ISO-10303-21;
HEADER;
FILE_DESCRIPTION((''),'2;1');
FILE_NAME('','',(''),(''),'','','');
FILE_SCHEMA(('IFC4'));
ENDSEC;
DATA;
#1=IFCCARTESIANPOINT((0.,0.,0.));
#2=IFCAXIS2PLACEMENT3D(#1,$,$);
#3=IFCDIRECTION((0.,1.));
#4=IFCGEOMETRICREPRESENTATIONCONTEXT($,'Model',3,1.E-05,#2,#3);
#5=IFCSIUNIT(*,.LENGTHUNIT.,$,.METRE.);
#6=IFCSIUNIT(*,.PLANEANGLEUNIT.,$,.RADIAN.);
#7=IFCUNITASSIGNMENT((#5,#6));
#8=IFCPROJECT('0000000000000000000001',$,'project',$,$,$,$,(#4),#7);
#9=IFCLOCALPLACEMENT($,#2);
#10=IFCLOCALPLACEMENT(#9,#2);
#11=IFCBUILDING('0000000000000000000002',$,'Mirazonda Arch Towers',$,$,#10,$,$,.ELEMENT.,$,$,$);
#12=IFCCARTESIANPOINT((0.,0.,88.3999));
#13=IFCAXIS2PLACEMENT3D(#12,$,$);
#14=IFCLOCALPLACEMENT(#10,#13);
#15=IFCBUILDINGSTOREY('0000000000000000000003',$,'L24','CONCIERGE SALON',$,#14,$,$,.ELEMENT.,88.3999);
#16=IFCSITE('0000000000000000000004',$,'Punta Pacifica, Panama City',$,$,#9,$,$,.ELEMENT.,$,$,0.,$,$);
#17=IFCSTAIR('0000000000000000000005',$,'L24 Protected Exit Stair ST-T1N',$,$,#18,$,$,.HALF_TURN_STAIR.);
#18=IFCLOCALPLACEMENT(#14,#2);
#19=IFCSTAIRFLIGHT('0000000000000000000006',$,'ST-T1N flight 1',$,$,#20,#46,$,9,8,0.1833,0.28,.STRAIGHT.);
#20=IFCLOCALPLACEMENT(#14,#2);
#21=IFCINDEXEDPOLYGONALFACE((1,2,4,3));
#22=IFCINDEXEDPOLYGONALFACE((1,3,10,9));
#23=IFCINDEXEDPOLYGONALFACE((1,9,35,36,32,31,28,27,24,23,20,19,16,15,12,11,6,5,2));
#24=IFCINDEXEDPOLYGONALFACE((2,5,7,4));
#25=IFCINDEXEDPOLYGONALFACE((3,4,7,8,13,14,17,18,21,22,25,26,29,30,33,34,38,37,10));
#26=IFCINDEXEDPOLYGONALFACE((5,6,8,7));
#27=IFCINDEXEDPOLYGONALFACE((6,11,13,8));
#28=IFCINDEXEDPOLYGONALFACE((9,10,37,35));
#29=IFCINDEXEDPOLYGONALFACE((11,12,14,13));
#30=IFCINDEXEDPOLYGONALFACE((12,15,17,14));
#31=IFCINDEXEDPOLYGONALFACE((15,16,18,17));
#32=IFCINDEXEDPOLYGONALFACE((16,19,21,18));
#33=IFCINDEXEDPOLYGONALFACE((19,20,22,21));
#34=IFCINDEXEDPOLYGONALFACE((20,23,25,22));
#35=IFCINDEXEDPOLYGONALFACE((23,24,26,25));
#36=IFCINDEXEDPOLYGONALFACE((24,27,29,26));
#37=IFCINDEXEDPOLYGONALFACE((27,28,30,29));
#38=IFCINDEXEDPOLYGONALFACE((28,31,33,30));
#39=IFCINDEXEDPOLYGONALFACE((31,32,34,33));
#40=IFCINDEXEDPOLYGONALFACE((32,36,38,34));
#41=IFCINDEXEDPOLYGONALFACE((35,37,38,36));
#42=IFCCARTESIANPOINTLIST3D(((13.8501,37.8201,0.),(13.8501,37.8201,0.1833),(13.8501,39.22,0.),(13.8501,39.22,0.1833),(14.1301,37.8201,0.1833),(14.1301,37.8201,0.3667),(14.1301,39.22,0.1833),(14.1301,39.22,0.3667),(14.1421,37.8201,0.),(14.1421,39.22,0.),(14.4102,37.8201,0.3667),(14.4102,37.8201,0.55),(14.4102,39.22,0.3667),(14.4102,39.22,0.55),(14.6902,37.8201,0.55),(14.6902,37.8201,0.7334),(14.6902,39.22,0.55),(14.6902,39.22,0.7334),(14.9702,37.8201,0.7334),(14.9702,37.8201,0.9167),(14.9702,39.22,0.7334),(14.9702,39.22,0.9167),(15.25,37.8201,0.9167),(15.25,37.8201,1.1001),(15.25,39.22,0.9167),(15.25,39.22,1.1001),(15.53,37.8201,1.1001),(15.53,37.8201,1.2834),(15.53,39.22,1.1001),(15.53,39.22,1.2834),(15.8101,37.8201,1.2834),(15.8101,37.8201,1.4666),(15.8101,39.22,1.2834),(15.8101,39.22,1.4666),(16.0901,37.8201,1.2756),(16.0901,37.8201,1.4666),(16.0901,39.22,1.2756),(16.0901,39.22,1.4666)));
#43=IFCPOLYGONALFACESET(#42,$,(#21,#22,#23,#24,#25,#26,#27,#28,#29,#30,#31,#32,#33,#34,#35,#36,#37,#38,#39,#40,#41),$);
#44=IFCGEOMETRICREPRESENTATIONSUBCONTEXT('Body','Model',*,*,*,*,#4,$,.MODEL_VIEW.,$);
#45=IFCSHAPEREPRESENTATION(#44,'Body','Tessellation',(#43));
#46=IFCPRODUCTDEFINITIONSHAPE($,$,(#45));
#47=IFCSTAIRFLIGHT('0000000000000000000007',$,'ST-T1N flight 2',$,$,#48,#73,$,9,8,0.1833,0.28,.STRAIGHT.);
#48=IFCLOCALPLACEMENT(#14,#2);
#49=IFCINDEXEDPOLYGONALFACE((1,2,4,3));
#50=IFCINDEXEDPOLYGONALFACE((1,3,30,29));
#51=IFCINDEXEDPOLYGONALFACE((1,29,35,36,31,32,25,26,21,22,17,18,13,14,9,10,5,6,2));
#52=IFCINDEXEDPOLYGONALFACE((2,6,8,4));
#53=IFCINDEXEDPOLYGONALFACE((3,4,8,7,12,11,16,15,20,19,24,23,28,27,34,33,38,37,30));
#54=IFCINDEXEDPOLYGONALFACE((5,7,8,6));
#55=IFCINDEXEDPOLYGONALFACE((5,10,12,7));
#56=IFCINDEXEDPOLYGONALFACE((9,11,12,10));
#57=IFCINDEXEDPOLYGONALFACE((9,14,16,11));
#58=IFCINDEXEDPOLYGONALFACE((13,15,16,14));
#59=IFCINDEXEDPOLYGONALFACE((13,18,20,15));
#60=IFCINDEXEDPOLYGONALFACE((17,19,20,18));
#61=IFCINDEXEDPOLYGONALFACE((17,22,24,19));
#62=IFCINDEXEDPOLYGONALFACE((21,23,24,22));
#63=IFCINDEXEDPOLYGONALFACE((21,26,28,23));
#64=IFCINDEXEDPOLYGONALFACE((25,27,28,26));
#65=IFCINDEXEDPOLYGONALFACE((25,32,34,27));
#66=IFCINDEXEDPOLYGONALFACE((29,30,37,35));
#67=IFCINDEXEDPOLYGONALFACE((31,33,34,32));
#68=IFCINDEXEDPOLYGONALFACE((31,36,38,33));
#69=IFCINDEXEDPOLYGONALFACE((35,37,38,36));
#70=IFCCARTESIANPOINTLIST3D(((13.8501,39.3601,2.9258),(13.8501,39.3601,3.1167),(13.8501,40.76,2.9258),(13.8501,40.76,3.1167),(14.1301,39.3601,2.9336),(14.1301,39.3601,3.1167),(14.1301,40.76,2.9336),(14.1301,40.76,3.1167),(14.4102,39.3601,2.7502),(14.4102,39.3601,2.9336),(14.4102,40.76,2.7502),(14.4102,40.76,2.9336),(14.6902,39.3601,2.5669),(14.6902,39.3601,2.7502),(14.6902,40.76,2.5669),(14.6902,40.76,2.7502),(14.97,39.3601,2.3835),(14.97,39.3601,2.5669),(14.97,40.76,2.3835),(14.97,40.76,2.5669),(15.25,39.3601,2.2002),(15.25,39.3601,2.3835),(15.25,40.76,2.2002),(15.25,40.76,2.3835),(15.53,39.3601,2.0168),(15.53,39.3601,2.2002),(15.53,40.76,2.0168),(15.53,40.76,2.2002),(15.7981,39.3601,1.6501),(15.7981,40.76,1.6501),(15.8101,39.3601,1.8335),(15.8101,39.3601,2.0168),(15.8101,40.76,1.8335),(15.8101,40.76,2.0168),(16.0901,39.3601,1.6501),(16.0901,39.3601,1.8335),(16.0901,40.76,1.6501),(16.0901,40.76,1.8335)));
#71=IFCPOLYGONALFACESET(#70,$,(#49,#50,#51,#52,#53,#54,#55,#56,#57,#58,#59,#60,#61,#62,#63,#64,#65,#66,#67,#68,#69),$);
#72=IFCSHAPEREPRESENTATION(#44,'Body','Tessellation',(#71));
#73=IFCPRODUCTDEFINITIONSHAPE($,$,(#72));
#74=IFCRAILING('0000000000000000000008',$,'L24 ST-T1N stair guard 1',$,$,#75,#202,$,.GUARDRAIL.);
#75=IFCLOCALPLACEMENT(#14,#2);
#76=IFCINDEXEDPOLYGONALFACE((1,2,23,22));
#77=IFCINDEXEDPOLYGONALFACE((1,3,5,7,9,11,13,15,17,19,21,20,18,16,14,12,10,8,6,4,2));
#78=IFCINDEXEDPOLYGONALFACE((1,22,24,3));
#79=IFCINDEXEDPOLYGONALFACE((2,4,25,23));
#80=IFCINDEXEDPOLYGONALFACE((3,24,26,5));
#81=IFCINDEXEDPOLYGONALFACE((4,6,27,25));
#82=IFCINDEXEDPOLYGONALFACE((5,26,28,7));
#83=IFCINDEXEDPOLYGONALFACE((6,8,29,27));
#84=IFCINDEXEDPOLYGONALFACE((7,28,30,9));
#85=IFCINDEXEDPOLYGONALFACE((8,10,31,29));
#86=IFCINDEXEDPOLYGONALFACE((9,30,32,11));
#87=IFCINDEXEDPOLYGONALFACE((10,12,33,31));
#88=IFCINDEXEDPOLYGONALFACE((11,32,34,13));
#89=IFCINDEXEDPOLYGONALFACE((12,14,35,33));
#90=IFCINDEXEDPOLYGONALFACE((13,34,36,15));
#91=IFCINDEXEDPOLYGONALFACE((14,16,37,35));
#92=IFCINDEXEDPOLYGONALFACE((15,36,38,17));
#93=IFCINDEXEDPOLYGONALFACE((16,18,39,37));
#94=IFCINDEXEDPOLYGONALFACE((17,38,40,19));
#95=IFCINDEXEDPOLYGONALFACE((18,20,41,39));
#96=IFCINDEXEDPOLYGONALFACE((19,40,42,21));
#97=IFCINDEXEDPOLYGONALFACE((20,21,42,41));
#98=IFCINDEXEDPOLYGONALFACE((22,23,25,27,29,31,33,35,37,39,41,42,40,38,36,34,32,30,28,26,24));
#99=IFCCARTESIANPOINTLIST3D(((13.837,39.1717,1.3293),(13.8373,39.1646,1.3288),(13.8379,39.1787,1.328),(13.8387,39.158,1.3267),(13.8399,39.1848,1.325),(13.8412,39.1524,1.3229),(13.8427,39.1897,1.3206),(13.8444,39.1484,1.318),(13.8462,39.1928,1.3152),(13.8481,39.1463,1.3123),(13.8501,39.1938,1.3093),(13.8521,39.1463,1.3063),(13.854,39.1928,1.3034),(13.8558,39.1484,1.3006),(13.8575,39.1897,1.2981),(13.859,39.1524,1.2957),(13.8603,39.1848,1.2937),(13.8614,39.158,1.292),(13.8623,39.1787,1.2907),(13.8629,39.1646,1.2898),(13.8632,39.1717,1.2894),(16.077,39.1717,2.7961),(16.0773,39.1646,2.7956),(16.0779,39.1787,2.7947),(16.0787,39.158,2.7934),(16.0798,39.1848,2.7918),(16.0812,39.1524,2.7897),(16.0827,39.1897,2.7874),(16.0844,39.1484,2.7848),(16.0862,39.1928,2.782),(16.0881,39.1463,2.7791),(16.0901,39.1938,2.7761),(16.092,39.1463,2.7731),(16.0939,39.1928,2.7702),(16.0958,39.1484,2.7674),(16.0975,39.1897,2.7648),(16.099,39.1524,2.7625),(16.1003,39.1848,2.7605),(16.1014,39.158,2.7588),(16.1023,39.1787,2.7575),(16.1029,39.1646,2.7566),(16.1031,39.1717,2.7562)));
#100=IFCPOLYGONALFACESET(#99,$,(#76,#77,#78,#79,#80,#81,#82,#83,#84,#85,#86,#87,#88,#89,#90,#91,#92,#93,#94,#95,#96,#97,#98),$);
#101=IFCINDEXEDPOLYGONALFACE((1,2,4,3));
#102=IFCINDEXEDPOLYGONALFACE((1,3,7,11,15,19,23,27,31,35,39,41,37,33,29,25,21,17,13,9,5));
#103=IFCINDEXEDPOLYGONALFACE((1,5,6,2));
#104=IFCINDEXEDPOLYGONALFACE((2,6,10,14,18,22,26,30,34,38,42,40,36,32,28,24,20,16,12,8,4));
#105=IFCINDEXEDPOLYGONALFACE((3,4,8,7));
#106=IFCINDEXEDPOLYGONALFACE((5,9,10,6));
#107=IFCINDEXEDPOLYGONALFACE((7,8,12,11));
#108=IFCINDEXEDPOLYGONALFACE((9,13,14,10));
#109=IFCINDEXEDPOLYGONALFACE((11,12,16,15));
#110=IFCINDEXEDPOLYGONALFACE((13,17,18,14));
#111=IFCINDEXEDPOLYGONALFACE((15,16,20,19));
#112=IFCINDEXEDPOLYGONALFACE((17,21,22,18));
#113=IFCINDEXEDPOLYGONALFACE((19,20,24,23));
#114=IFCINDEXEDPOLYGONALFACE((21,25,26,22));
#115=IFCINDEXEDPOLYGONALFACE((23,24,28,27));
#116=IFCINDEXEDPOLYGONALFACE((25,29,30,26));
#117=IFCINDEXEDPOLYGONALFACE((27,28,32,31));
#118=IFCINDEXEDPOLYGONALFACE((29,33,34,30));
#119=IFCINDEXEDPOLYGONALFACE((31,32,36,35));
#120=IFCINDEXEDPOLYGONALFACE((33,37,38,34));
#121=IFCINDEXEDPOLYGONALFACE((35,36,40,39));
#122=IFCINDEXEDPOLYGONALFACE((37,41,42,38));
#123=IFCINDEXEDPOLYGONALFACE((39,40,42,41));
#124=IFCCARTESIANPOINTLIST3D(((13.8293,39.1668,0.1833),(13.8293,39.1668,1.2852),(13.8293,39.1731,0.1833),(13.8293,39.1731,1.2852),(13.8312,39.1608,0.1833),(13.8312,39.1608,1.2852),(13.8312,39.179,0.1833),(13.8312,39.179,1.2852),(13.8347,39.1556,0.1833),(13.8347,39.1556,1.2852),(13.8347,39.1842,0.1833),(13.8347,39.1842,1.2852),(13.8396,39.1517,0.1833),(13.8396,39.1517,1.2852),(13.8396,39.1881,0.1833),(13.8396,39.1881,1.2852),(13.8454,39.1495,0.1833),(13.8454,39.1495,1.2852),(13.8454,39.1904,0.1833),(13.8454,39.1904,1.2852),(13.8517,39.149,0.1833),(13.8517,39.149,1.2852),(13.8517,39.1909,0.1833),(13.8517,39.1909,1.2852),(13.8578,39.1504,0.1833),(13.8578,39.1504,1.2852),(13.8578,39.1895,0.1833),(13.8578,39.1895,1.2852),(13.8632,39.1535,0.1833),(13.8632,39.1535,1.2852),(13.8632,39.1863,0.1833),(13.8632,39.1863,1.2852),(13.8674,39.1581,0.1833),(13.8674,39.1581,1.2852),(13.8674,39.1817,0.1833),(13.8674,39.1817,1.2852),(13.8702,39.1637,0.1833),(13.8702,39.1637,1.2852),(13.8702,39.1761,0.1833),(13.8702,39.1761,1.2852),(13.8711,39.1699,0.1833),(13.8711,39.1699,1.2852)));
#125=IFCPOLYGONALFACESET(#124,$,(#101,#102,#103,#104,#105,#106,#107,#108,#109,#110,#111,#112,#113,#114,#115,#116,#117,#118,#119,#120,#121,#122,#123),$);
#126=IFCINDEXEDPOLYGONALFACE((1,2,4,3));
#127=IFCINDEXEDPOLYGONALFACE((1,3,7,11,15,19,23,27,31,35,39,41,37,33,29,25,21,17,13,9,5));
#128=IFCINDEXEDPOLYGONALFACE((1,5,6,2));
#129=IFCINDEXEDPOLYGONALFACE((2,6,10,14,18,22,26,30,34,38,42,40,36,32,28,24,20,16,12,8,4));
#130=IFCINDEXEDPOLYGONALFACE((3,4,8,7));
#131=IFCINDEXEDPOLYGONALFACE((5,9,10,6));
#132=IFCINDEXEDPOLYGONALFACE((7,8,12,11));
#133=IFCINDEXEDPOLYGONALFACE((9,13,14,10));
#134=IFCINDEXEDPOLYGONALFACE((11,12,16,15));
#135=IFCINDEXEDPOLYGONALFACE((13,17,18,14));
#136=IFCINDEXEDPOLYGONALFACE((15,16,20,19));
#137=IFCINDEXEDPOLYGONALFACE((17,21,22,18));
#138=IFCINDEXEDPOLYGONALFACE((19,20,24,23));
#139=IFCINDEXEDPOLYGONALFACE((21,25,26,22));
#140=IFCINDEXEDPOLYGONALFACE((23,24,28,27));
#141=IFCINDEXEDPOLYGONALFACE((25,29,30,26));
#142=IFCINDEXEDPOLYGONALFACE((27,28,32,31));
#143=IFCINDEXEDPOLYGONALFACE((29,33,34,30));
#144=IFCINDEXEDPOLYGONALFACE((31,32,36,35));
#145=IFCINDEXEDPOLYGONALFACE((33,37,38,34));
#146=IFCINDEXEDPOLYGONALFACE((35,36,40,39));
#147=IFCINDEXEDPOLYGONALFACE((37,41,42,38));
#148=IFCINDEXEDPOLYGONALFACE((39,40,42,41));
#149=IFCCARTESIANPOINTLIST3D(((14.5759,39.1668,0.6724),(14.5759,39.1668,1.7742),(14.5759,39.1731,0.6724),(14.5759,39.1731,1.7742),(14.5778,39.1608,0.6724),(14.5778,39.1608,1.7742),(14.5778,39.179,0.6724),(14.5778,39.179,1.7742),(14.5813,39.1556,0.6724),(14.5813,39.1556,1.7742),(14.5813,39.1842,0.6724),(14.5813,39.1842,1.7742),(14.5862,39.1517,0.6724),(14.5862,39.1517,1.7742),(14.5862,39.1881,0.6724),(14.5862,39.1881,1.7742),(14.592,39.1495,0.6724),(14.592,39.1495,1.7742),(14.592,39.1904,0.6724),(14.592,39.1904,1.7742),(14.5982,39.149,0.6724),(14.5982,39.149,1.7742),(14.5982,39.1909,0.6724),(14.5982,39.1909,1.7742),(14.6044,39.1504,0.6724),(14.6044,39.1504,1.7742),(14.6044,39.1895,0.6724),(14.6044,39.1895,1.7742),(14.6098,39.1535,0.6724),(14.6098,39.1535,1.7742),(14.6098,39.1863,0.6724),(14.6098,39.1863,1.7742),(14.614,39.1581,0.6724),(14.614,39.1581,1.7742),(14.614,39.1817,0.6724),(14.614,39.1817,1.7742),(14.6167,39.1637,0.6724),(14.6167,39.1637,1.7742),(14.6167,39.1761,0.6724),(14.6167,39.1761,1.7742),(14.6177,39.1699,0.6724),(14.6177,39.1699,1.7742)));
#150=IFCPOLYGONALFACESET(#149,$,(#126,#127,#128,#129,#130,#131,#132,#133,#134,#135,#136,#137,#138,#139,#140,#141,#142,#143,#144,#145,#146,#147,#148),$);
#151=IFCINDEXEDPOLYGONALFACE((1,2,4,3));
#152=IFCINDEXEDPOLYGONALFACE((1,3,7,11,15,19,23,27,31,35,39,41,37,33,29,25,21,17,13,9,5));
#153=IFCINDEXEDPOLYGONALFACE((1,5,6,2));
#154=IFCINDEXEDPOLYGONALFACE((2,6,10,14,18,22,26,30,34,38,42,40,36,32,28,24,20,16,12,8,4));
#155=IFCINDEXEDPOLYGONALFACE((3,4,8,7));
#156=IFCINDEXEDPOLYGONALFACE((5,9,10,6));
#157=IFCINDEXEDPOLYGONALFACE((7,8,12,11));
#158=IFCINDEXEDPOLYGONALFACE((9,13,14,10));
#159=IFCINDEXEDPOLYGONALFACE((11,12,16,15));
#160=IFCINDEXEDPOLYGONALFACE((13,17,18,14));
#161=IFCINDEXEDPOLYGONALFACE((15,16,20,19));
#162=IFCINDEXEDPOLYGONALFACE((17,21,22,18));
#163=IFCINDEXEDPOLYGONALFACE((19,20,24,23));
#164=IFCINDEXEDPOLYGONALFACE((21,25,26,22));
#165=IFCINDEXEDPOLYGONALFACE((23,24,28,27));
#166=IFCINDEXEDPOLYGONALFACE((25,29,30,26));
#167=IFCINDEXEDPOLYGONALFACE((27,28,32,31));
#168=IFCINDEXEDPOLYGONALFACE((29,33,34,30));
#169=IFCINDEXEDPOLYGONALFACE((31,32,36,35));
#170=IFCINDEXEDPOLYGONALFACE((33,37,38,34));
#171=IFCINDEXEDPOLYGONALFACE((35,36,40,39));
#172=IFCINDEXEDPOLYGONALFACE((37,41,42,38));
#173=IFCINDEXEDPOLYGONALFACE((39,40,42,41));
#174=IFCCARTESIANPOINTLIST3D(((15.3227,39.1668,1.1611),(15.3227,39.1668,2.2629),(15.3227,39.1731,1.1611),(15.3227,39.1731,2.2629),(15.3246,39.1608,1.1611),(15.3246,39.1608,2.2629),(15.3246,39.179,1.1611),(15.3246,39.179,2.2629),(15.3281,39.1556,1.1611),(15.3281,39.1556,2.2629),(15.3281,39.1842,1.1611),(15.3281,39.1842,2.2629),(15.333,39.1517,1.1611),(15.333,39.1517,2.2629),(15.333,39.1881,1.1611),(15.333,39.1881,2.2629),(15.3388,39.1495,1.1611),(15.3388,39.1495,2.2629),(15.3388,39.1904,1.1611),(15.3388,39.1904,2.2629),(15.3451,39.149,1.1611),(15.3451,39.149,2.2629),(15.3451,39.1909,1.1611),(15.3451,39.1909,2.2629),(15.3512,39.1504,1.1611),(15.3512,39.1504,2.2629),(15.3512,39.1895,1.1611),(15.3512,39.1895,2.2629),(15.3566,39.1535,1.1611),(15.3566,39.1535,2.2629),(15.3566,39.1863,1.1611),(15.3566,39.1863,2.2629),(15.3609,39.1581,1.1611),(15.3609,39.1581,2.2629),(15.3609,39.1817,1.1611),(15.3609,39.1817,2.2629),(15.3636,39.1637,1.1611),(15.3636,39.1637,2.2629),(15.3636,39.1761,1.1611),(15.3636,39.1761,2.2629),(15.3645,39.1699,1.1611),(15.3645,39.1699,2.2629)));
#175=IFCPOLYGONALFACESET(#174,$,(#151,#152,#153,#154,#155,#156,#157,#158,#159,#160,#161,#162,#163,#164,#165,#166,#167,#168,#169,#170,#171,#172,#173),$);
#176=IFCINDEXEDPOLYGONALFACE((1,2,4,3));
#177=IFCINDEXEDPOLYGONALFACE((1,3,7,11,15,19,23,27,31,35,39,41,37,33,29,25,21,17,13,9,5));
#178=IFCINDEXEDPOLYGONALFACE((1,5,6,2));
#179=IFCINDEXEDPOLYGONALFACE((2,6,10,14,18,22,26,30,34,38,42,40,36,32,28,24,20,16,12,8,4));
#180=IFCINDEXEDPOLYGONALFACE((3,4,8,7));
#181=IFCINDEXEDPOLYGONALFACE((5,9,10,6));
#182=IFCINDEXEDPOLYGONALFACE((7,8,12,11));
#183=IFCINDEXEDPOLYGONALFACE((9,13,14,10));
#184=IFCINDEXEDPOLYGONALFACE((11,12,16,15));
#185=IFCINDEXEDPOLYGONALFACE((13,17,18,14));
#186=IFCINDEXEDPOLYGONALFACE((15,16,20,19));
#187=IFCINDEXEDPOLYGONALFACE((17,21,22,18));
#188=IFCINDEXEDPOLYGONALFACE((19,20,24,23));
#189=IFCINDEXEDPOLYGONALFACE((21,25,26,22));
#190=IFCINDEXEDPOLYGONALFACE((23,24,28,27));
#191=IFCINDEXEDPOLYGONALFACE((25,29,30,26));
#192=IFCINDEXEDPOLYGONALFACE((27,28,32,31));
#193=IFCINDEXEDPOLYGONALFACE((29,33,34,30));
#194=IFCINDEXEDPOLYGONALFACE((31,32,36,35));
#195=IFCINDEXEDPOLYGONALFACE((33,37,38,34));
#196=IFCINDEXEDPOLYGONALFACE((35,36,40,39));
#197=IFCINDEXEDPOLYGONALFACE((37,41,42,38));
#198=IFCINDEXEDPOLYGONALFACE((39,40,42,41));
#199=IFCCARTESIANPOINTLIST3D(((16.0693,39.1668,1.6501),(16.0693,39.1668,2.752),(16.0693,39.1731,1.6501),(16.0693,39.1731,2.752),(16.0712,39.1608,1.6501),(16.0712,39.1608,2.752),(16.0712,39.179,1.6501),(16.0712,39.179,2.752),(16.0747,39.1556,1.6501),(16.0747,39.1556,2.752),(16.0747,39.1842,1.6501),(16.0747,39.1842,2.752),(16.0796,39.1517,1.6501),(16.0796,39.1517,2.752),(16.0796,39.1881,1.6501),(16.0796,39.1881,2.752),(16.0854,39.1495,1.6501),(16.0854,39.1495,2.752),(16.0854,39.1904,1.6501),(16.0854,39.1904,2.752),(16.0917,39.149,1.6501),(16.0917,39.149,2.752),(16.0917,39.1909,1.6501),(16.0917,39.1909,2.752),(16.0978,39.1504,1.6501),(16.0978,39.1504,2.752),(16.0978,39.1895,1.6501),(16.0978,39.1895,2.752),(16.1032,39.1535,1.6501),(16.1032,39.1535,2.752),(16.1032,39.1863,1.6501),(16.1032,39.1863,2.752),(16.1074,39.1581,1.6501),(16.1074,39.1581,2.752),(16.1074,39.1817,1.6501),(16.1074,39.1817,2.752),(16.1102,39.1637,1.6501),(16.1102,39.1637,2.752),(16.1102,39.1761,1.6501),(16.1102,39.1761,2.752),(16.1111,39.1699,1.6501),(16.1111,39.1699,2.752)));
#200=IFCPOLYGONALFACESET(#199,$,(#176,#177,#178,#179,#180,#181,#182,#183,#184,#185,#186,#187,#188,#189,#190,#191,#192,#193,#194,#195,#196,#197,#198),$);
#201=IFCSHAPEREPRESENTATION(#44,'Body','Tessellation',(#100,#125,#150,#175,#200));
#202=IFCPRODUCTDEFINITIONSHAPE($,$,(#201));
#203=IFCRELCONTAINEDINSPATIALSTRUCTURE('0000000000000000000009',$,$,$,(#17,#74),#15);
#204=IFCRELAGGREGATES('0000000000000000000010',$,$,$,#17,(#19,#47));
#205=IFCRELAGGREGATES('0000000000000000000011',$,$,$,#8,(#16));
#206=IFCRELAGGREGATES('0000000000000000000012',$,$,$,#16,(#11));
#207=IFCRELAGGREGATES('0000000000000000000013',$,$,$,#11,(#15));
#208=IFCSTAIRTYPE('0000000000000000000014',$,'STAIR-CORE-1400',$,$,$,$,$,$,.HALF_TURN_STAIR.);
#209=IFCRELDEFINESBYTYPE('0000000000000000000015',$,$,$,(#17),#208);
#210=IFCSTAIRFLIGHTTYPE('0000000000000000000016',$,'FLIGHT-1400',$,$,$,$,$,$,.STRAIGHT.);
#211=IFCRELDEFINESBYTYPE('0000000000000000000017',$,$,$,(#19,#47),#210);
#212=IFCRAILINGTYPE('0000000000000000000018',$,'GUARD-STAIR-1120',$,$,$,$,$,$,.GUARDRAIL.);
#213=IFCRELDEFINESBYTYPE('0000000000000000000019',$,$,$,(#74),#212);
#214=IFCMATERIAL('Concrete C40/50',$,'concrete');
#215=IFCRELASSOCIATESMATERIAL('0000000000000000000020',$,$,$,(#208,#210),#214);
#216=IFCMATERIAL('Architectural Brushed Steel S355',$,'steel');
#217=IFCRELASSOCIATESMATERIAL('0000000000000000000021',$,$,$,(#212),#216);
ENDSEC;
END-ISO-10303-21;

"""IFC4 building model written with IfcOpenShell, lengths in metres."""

from ifc_helpers import new_model, si_unit, direction, frame, origin, origin_2d, place, context, subcontext, project, spatial, polyline, circle, outline, extrude, material, type_object, element, aggregate, save


model = new_model("IFC4")

# Units and contexts
model_context = context("Model", 3, precision=1e-05, world=origin(), true_north=direction((0.0, 1.0)))
body_context = subcontext(model_context, "Body", "Model", "MODEL_VIEW")
ifc_project = project(units=[si_unit("LENGTHUNIT", "METRE"), si_unit("PLANEANGLEUNIT", "RADIAN")], contexts=[model_context])

# Site, building, storey
site_placement = place(None, origin())
site = spatial("IfcSite", under=ifc_project, at=site_placement, Name="Punta Pacifica, Panama City", CompositionType="ELEMENT", RefElevation=0.0)
building_placement = place(site_placement, origin())
building = spatial("IfcBuilding", under=site, at=building_placement, Name="Mirazonda Arch Towers", CompositionType="ELEMENT")
storey_placement = place(building_placement, frame((0.0, 0.0, 88.3999)))
storey = spatial("IfcBuildingStorey", under=building, at=storey_placement, Name="L24", Description="CONCIERGE SALON", CompositionType="ELEMENT", Elevation=88.3999)

# Stair, stair flights
ifc_material_1 = material(Name="Concrete C40/50", Category="concrete")
stair_type = type_object("IfcStairType", Name="STAIR-CORE-1400", PredefinedType="HALF_TURN_STAIR", material=ifc_material_1)
stair_placement = place(storey_placement, origin())
stair = element("IfcStair", 1, at=stair_placement, inside=storey, type_object=stair_type, Name="L24 Protected Exit Stair ST-T1N", PredefinedType="HALF_TURN_STAIR")
stair_flight_type = type_object("IfcStairFlightType", Name="FLIGHT-1400", PredefinedType="STRAIGHT", material=ifc_material_1)
stair_flight_1_placement = place(storey_placement, frame((13.8501, 38.52, 0.0), z_axis=(0.0, 0.0, 1.0), x_axis=(1.0, 0.0, 0.0)))
stair_flight_1 = element("IfcStairFlight", 2, at=stair_flight_1_placement, type_object=stair_flight_type, Name="ST-T1N flight 1", NumberOfRisers=9, NumberOfTreads=8, PredefinedType="STRAIGHT", RiserHeight=0.1833, TreadLength=0.28, context=body_context, shape_type="SweptSolid", body=[
    extrude(outline(polyline([(0.0, 0.0), (0.0, 0.1833), (0.28, 0.1833), (0.28, 0.3667), (0.5601, 0.3667), (0.5601, 0.55), (0.8401, 0.55), (0.8401, 0.7334), (1.1201, 0.7334), (1.1201, 0.9167), (1.3999, 0.9167), (1.3999, 1.1001), (1.6799, 1.1001), (1.6799, 1.2834), (1.96, 1.2834), (1.96, 1.4666), (2.24, 1.4666), (2.24, 1.6499), (2.24, 1.2756), (0.292, 0.0), (0.0, 0.0)])), frame((0.0, 0.7, 0.0), z_axis=(0.0, -1.0, 0.0), x_axis=(1.0, 0.0, 0.0)), (0.0, 0.0, 1.0), 1.3999),
])
stair_flight_2_placement = place(storey_placement, frame((16.0901, 40.0601, 1.6501), z_axis=(0.0, 0.0, 1.0), x_axis=(-1.0, 0.0, 0.0)))
stair_flight_2 = element("IfcStairFlight", 3, at=stair_flight_2_placement, type_object=stair_flight_type, Name="ST-T1N flight 2", NumberOfRisers=9, NumberOfTreads=8, PredefinedType="STRAIGHT", RiserHeight=0.1833, TreadLength=0.28, context=body_context, shape_type="SweptSolid", body=[
    extrude(outline(polyline([(0.0, 0.0), (0.0, 0.1833), (0.28, 0.1833), (0.28, 0.3667), (0.5601, 0.3667), (0.5601, 0.55), (0.8401, 0.55), (0.8401, 0.7334), (1.1201, 0.7334), (1.1201, 0.9167), (1.3999, 0.9167), (1.3999, 1.1001), (1.6799, 1.1001), (1.6799, 1.2834), (1.96, 1.2834), (1.96, 1.4666), (2.24, 1.4666), (2.24, 1.6499), (2.24, 1.2756), (0.292, 0.0), (0.0, 0.0)])), frame((0.0, 0.7, 0.0), z_axis=(0.0, -1.0, 0.0), x_axis=(1.0, 0.0, 0.0)), (0.0, 0.0, 1.0), 1.3999),
])
aggregate(stair, [stair_flight_1, stair_flight_2])

# Railing
ifc_material_2 = material(Name="Architectural Brushed Steel S355", Category="steel")
railing_type_1 = type_object("IfcRailingType", Name="GUARD-STAIR-1120", PredefinedType="GUARDRAIL", material=ifc_material_2)
railing_1_placement = place(storey_placement, frame((13.8501, 39.1699, 0.1833)))
element("IfcRailing", 4, at=railing_1_placement, inside=storey, type_object=railing_type_1, Name="L24 ST-T1N stair guard 1", PredefinedType="GUARDRAIL", context=body_context, shape_type="SweptSolid", body=[
    extrude(circle(Radius=0.0239, at=origin_2d()), frame((0.0, 0.0, 1.126), z_axis=(0.836595, 0.0, 0.547822), x_axis=(0.0, 1.0, 0.0)), (0.0, 0.0, 1.0), 2.6775),
    extrude(circle(Radius=0.021, at=origin_2d()), origin(), (0.0, 0.0, 1.0), 1.1018),
    extrude(circle(Radius=0.021, at=origin_2d()), frame((0.7466, 0.0, 0.489)), (0.0, 0.0, 1.0), 1.1018),
    extrude(circle(Radius=0.021, at=origin_2d()), frame((1.4934, 0.0, 0.9778)), (0.0, 0.0, 1.0), 1.1018),
    extrude(circle(Radius=0.021, at=origin_2d()), frame((2.24, 0.0, 1.4668)), (0.0, 0.0, 1.0), 1.1018),
])

save(model, "model.ifc")
